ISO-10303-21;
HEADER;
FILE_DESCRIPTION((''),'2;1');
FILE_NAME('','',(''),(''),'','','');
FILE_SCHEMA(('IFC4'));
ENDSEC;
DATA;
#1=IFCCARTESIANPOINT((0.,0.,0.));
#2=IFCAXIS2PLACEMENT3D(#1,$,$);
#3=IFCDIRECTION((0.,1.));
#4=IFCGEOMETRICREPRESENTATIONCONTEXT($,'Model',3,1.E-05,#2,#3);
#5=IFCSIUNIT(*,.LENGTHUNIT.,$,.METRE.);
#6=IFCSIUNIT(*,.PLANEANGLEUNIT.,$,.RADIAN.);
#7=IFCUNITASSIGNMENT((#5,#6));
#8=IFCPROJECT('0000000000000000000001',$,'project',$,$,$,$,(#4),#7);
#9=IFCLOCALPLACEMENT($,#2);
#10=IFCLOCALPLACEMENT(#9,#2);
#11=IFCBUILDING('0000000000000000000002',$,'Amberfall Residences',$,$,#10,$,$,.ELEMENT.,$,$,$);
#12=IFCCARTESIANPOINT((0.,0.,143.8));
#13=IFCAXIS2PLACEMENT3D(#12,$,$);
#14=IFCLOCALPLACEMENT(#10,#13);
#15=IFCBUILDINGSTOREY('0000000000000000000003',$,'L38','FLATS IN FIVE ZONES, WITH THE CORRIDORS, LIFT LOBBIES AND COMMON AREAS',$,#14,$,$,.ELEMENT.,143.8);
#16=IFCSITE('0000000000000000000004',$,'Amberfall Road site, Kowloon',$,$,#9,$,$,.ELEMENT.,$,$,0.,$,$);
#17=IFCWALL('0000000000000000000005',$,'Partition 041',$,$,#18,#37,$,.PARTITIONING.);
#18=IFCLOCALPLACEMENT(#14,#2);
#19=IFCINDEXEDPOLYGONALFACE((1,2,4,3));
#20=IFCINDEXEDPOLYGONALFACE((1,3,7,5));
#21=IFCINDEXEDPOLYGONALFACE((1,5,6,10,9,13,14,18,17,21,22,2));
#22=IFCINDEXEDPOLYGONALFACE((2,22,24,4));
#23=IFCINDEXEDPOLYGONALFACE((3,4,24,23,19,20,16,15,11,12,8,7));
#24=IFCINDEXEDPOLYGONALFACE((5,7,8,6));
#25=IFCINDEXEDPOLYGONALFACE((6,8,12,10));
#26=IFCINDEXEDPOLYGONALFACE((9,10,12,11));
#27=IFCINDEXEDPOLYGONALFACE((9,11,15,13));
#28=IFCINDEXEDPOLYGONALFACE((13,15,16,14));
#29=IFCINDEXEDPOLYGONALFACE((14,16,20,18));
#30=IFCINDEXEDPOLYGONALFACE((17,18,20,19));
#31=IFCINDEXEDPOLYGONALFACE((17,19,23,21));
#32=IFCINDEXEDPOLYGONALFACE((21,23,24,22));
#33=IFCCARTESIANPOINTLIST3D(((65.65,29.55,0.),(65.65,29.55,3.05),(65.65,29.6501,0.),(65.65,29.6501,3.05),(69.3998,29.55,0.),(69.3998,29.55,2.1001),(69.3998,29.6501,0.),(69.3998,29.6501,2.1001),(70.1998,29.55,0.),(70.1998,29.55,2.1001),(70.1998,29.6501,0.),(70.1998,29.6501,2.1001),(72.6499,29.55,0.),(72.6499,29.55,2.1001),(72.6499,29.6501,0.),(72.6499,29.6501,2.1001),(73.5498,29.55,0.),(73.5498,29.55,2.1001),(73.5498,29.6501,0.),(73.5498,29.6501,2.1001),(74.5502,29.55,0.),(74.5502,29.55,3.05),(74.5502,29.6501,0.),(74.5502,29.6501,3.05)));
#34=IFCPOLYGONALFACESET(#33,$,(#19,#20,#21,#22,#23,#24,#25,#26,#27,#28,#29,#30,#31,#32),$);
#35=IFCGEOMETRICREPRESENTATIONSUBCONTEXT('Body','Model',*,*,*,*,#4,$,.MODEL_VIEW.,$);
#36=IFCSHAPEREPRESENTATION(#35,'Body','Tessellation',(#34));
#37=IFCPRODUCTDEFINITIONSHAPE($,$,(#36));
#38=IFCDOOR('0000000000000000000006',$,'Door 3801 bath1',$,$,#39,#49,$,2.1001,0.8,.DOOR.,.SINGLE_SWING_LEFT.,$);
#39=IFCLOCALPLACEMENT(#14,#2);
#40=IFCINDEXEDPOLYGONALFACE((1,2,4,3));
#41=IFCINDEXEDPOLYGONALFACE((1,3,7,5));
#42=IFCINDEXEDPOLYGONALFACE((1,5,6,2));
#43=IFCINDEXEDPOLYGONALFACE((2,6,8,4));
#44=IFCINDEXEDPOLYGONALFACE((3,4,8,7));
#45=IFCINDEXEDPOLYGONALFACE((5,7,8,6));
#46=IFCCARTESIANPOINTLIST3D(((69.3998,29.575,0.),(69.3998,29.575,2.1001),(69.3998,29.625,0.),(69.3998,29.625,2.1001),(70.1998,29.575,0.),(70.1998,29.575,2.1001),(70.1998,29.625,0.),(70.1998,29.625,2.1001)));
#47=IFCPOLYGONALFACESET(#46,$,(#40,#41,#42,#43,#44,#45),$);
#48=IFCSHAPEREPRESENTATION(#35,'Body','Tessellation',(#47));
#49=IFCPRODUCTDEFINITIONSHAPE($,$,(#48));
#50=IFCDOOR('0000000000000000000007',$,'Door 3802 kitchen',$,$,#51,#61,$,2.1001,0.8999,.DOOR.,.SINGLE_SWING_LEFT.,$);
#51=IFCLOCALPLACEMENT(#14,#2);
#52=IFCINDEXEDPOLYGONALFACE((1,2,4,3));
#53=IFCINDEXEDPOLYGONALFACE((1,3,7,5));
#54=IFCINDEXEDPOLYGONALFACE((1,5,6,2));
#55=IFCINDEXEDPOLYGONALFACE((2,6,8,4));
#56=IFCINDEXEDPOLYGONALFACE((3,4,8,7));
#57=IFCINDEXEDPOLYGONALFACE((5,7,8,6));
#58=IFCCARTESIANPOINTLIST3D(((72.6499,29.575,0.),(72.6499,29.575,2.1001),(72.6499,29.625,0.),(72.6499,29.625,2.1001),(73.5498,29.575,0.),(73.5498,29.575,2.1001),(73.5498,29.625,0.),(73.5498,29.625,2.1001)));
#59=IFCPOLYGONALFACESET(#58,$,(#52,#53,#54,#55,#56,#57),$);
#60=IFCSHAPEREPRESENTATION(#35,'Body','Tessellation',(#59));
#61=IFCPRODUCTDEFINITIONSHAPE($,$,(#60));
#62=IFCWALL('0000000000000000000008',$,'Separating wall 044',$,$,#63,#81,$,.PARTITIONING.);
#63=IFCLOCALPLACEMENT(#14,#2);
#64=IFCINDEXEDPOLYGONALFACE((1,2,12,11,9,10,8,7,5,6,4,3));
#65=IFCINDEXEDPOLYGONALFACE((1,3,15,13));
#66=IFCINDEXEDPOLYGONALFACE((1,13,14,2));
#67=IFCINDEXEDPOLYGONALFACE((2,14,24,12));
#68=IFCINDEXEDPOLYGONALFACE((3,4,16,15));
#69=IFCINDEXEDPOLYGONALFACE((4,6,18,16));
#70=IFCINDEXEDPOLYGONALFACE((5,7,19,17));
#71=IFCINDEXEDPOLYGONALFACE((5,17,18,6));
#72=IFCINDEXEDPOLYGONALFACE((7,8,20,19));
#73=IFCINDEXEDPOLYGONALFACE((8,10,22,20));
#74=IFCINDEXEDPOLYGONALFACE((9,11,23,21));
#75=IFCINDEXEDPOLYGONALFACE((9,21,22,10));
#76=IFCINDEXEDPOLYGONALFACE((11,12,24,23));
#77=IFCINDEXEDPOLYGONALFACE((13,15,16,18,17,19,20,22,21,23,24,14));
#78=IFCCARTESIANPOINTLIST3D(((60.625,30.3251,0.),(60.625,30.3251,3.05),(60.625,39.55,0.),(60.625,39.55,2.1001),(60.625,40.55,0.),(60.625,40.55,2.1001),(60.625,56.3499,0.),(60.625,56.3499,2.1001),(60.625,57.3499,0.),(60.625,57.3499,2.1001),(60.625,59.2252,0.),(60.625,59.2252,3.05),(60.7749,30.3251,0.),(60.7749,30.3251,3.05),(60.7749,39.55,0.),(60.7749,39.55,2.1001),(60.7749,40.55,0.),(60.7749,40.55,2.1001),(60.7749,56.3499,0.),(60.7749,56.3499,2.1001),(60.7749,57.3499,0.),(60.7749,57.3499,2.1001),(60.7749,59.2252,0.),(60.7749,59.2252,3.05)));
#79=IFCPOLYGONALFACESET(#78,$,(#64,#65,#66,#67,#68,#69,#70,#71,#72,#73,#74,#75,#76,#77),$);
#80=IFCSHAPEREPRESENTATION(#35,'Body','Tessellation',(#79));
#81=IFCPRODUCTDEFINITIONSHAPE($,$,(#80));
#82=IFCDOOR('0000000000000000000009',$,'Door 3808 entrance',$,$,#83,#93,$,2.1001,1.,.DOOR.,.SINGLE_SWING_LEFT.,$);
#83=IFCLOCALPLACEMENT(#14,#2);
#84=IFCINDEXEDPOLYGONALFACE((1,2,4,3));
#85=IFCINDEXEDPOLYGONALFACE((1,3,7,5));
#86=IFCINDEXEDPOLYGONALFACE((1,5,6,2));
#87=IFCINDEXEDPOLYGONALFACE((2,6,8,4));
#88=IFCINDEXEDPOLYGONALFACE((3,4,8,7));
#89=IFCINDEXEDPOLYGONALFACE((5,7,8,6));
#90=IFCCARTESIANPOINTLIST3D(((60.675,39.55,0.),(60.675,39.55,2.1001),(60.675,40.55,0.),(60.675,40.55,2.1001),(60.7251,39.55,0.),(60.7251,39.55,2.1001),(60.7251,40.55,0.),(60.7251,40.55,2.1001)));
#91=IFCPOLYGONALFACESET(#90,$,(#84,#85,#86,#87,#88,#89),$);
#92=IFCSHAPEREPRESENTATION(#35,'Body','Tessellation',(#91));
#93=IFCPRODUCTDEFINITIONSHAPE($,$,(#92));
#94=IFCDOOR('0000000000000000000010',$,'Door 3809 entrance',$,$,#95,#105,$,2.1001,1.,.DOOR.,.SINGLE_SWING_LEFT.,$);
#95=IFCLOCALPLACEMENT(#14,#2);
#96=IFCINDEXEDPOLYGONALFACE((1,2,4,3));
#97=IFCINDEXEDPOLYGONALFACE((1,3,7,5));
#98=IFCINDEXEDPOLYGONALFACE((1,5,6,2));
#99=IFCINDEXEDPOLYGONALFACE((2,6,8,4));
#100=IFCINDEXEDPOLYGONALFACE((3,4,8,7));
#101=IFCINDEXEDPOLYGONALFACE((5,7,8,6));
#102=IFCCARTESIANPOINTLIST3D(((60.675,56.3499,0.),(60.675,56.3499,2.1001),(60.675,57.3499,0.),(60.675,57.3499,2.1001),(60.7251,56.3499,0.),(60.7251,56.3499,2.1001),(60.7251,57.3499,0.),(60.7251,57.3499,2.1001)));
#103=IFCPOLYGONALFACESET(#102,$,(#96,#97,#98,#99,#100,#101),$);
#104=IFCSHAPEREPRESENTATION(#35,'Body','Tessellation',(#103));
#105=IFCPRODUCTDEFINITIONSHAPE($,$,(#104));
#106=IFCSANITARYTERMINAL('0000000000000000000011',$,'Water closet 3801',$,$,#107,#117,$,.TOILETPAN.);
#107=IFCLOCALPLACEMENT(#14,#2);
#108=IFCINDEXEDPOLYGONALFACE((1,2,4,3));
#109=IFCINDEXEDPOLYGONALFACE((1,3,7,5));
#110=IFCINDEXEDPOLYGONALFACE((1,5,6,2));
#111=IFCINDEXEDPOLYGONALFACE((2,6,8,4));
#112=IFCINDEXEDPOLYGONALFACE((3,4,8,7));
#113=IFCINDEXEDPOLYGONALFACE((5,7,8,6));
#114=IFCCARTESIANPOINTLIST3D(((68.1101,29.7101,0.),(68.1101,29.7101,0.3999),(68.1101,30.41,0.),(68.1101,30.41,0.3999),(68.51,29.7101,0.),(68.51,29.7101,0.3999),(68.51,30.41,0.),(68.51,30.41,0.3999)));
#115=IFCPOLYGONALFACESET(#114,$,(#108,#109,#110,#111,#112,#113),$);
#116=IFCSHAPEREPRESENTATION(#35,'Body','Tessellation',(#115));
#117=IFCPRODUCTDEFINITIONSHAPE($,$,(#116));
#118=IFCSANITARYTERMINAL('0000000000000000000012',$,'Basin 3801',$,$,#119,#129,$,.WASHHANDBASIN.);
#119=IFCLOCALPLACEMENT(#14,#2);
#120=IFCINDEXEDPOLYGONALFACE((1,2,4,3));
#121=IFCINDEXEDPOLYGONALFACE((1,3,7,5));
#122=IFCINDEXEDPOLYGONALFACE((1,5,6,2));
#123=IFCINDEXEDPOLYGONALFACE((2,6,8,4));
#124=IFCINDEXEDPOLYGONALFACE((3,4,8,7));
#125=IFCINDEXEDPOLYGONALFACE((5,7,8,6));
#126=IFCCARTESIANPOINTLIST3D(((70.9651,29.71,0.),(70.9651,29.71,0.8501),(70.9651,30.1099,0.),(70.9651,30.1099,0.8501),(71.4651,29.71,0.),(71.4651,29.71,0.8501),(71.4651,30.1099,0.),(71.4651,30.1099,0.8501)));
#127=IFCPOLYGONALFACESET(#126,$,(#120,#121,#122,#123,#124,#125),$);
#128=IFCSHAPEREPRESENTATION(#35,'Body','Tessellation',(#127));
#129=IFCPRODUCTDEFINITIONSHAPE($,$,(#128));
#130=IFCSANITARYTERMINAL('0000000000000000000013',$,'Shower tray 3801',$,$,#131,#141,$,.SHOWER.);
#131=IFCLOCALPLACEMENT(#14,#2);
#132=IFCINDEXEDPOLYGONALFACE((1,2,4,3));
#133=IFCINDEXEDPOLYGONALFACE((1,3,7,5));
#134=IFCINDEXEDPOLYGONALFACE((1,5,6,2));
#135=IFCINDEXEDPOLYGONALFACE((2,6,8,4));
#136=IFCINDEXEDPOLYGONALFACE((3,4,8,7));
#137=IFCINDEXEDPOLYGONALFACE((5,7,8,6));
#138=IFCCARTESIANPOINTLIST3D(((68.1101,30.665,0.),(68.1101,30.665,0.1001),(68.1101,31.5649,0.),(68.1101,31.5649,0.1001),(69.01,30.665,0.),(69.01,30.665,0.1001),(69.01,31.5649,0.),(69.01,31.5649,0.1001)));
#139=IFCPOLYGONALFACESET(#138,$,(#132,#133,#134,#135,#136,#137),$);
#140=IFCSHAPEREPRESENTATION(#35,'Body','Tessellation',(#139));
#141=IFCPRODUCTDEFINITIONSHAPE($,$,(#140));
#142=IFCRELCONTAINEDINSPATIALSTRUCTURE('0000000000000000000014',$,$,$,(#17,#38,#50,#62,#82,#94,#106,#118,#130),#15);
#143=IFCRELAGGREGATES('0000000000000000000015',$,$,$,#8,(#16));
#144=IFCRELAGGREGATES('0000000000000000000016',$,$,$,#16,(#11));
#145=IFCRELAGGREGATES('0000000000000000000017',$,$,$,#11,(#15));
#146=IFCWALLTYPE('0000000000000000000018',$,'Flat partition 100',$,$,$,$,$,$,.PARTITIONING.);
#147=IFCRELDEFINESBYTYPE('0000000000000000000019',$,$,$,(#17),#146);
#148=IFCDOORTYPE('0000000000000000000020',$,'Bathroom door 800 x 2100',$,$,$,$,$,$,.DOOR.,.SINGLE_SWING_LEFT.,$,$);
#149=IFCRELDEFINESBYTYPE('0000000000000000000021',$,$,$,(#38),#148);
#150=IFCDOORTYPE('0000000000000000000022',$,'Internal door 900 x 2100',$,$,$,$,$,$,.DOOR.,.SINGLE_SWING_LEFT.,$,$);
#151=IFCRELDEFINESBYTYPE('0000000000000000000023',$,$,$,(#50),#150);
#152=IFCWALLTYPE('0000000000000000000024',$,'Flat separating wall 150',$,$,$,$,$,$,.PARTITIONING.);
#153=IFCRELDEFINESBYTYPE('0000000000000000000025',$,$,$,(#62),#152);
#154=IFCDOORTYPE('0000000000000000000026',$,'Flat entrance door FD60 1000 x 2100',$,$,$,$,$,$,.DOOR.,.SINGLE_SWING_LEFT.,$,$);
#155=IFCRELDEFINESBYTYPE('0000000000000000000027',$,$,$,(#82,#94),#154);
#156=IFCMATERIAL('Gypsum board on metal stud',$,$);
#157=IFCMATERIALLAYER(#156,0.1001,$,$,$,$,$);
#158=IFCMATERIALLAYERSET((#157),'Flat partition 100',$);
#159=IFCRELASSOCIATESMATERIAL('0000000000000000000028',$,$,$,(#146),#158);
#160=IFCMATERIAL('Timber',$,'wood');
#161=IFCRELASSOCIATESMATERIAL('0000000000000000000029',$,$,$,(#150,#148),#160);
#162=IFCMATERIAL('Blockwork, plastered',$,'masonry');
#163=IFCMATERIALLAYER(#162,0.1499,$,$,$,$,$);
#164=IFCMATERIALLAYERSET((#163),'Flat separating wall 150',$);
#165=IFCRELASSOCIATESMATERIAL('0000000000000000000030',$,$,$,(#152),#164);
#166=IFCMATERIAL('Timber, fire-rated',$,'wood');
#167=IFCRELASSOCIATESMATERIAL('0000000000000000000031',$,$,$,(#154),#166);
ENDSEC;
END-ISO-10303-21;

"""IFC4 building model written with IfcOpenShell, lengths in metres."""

from ifc_helpers import new_model, si_unit, direction, frame, frame_2d, origin, origin_2d, place, context, subcontext, project, spatial, rectangle, extrude, material, layer, layer_set, type_object, element, fill, save


model = new_model("IFC4")

# Units and contexts
model_context = context("Model", 3, precision=1e-05, world=origin(), true_north=direction((0.0, 1.0)))
body_context = subcontext(model_context, "Body", "Model", "MODEL_VIEW")
ifc_project = project(units=[si_unit("LENGTHUNIT", "METRE"), si_unit("PLANEANGLEUNIT", "RADIAN")], contexts=[model_context])

# Site, building, storey
site_placement = place(None, origin())
site = spatial("IfcSite", under=ifc_project, at=site_placement, Name="Amberfall Road site, Kowloon", CompositionType="ELEMENT", RefElevation=0.0)
building_placement = place(site_placement, origin())
building = spatial("IfcBuilding", under=site, at=building_placement, Name="Amberfall Residences", CompositionType="ELEMENT")
storey_placement = place(building_placement, frame((0.0, 0.0, 143.8)))
storey = spatial("IfcBuildingStorey", under=building, at=storey_placement, Name="L38", Description="FLATS IN FIVE ZONES, WITH THE CORRIDORS, LIFT LOBBIES AND COMMON AREAS", CompositionType="ELEMENT", Elevation=143.8)

# Shared definitions
ifc_material_1 = material(Name="Gypsum board on metal stud")
ifc_layer_1 = layer(ifc_material_1, 0.1001)
ifc_layer_set_1 = layer_set([ifc_layer_1], Name="Flat partition 100")
wall_type_1 = type_object("IfcWallType", Name="Flat partition 100", PredefinedType="PARTITIONING", material=ifc_layer_set_1)
ifc_material_2 = material(Name="Timber", Category="wood")
door_type_1 = type_object("IfcDoorType", Name="Internal door 900 x 2100", OperationType="SINGLE_SWING_LEFT", PredefinedType="DOOR", material=ifc_material_2)

# Walls, openings, doors
wall_1_placement = place(storey_placement, frame((65.6499, 29.6001, 0.0), z_axis=(0.0, 0.0, 1.0), x_axis=(1.0, 0.0, 0.0)))
wall_1 = element("IfcWall", 1, at=wall_1_placement, inside=storey, type_object=wall_type_1, Name="Partition 041", PredefinedType="PARTITIONING", context=body_context, shape_type="SweptSolid", body=[
    extrude(rectangle(XDim=8.9001, YDim=0.1001, at=frame_2d((4.4502, 0.0))), origin(), (0.0, 0.0, 1.0), 3.05),
])
opening_1_placement = place(wall_1_placement, frame((3.75, 0.0, 0.0)))
opening_1 = element("IfcOpeningElement", 2, at=opening_1_placement, cuts=wall_1, PredefinedType="OPENING", context=body_context, shape_type="SweptSolid", body=[
    extrude(rectangle(XDim=0.8, YDim=2.1001, at=frame_2d((0.3999, 1.05))), frame((0.0, 0.0601, 0.0), z_axis=(0.0, -1.0, 0.0), x_axis=(1.0, 0.0, 0.0)), (0.0, 0.0, 1.0), 0.1201),
])
opening_2_placement = place(wall_1_placement, frame((7.0, 0.0, 0.0)))
opening_2 = element("IfcOpeningElement", 3, at=opening_2_placement, cuts=wall_1, PredefinedType="OPENING", context=body_context, shape_type="SweptSolid", body=[
    extrude(rectangle(XDim=0.8999, YDim=2.1001, at=frame_2d((0.45, 1.05))), frame((0.0, 0.0601, 0.0), z_axis=(0.0, -1.0, 0.0), x_axis=(1.0, 0.0, 0.0)), (0.0, 0.0, 1.0), 0.1201),
])
door_type_2 = type_object("IfcDoorType", Name="Bathroom door 800 x 2100", OperationType="SINGLE_SWING_LEFT", PredefinedType="DOOR", material=ifc_material_2)
door_1_placement = place(opening_1_placement, origin())
door_1 = element("IfcDoor", 4, at=door_1_placement, inside=storey, type_object=door_type_2, Name="Door 3801 bath1", OperationType="SINGLE_SWING_LEFT", OverallHeight=2.1001, OverallWidth=0.8, PredefinedType="DOOR", context=body_context, shape_type="SweptSolid", body=[
    extrude(rectangle(XDim=0.8, YDim=2.1001, at=frame_2d((0.3999, 1.05))), frame((0.0, 0.0249, 0.0), z_axis=(0.0, -1.0, 0.0), x_axis=(1.0, 0.0, 0.0)), (0.0, 0.0, 1.0), 0.05),
])
fill(opening_1, door_1)
door_2_placement = place(opening_2_placement, origin())
door_2 = element("IfcDoor", 5, at=door_2_placement, inside=storey, type_object=door_type_1, Name="Door 3802 kitchen", OperationType="SINGLE_SWING_LEFT", OverallHeight=2.1001, OverallWidth=0.8999, PredefinedType="DOOR", context=body_context, shape_type="SweptSolid", body=[
    extrude(rectangle(XDim=0.8999, YDim=2.1001, at=frame_2d((0.45, 1.05))), frame((0.0, 0.0249, 0.0), z_axis=(0.0, -1.0, 0.0), x_axis=(1.0, 0.0, 0.0)), (0.0, 0.0, 1.0), 0.05),
])
fill(opening_2, door_2)
ifc_material_3 = material(Name="Blockwork, plastered", Category="masonry")
ifc_layer_2 = layer(ifc_material_3, 0.1499)
ifc_layer_set_2 = layer_set([ifc_layer_2], Name="Flat separating wall 150")
wall_type_2 = type_object("IfcWallType", Name="Flat separating wall 150", PredefinedType="PARTITIONING", material=ifc_layer_set_2)
wall_2_placement = place(storey_placement, frame((60.7, 30.325, 0.0), z_axis=(0.0, 0.0, 1.0), x_axis=(0.0, 1.0, 0.0)))
wall_2 = element("IfcWall", 6, at=wall_2_placement, inside=storey, type_object=wall_type_2, Name="Separating wall 044", PredefinedType="PARTITIONING", context=body_context, shape_type="SweptSolid", body=[
    extrude(rectangle(XDim=28.9001, YDim=0.1499, at=frame_2d((14.4502, 0.0))), origin(), (0.0, 0.0, 1.0), 3.05),
])
opening_3_placement = place(wall_2_placement, frame((9.2251, 0.0, 0.0)))
opening_3 = element("IfcOpeningElement", 7, at=opening_3_placement, cuts=wall_2, PredefinedType="OPENING", context=body_context, shape_type="SweptSolid", body=[
    extrude(rectangle(XDim=1.0, YDim=2.1001, at=frame_2d((0.5, 1.05))), frame((0.0, 0.085, 0.0), z_axis=(0.0, -1.0, 0.0), x_axis=(1.0, 0.0, 0.0)), (0.0, 0.0, 1.0), 0.1699),
])
opening_4_placement = place(wall_2_placement, frame((26.0249, 0.0, 0.0)))
opening_4 = element("IfcOpeningElement", 8, at=opening_4_placement, cuts=wall_2, PredefinedType="OPENING", context=body_context, shape_type="SweptSolid", body=[
    extrude(rectangle(XDim=1.0, YDim=2.1001, at=frame_2d((0.5, 1.05))), frame((0.0, 0.085, 0.0), z_axis=(0.0, -1.0, 0.0), x_axis=(1.0, 0.0, 0.0)), (0.0, 0.0, 1.0), 0.1699),
])
ifc_material_4 = material(Name="Timber, fire-rated", Category="wood")
door_type_3 = type_object("IfcDoorType", Name="Flat entrance door FD60 1000 x 2100", OperationType="SINGLE_SWING_LEFT", PredefinedType="DOOR", material=ifc_material_4)
door_3_placement = place(opening_3_placement, origin())
door_3 = element("IfcDoor", 9, at=door_3_placement, inside=storey, type_object=door_type_3, Name="Door 3808 entrance", OperationType="SINGLE_SWING_LEFT", OverallHeight=2.1001, OverallWidth=1.0, PredefinedType="DOOR", context=body_context, shape_type="SweptSolid", body=[
    extrude(rectangle(XDim=1.0, YDim=2.1001, at=frame_2d((0.5, 1.05))), frame((0.0, 0.0249, 0.0), z_axis=(0.0, -1.0, 0.0), x_axis=(1.0, 0.0, 0.0)), (0.0, 0.0, 1.0), 0.05),
])
fill(opening_3, door_3)
door_4_placement = place(opening_4_placement, origin())
door_4 = element("IfcDoor", 10, at=door_4_placement, inside=storey, type_object=door_type_3, Name="Door 3809 entrance", OperationType="SINGLE_SWING_LEFT", OverallHeight=2.1001, OverallWidth=1.0, PredefinedType="DOOR", context=body_context, shape_type="SweptSolid", body=[
    extrude(rectangle(XDim=1.0, YDim=2.1001, at=frame_2d((0.5, 1.05))), frame((0.0, 0.0249, 0.0), z_axis=(0.0, -1.0, 0.0), x_axis=(1.0, 0.0, 0.0)), (0.0, 0.0, 1.0), 0.05),
])
fill(opening_4, door_4)

# Sanitary terminals
sanitary_terminal_1_placement = place(storey_placement, frame((68.3101, 30.0601, 0.0), z_axis=(0.0, 0.0, 1.0), x_axis=(1.0, 0.0, 0.0)))
element("IfcSanitaryTerminal", 11, at=sanitary_terminal_1_placement, inside=storey, Name="Water closet 3801", PredefinedType="TOILETPAN", context=body_context, shape_type="SweptSolid", body=[
    extrude(rectangle(XDim=0.3999, YDim=0.7, at=origin_2d()), origin(), (0.0, 0.0, 1.0), 0.3999),
])
sanitary_terminal_2_placement = place(storey_placement, frame((71.2151, 29.9099, 0.0), z_axis=(0.0, 0.0, 1.0), x_axis=(1.0, 0.0, 0.0)))
element("IfcSanitaryTerminal", 12, at=sanitary_terminal_2_placement, inside=storey, Name="Basin 3801", PredefinedType="WASHHANDBASIN", context=body_context, shape_type="SweptSolid", body=[
    extrude(rectangle(XDim=0.5, YDim=0.3999, at=origin_2d()), origin(), (0.0, 0.0, 1.0), 0.8501),
])
sanitary_terminal_3_placement = place(storey_placement, frame((68.5601, 31.115, 0.0), z_axis=(0.0, 0.0, 1.0), x_axis=(1.0, 0.0, 0.0)))
element("IfcSanitaryTerminal", 13, at=sanitary_terminal_3_placement, inside=storey, Name="Shower tray 3801", PredefinedType="SHOWER", context=body_context, shape_type="SweptSolid", body=[
    extrude(rectangle(XDim=0.8999, YDim=0.8999, at=origin_2d()), origin(), (0.0, 0.0, 1.0), 0.1001),
])

save(model, "model.ifc")
